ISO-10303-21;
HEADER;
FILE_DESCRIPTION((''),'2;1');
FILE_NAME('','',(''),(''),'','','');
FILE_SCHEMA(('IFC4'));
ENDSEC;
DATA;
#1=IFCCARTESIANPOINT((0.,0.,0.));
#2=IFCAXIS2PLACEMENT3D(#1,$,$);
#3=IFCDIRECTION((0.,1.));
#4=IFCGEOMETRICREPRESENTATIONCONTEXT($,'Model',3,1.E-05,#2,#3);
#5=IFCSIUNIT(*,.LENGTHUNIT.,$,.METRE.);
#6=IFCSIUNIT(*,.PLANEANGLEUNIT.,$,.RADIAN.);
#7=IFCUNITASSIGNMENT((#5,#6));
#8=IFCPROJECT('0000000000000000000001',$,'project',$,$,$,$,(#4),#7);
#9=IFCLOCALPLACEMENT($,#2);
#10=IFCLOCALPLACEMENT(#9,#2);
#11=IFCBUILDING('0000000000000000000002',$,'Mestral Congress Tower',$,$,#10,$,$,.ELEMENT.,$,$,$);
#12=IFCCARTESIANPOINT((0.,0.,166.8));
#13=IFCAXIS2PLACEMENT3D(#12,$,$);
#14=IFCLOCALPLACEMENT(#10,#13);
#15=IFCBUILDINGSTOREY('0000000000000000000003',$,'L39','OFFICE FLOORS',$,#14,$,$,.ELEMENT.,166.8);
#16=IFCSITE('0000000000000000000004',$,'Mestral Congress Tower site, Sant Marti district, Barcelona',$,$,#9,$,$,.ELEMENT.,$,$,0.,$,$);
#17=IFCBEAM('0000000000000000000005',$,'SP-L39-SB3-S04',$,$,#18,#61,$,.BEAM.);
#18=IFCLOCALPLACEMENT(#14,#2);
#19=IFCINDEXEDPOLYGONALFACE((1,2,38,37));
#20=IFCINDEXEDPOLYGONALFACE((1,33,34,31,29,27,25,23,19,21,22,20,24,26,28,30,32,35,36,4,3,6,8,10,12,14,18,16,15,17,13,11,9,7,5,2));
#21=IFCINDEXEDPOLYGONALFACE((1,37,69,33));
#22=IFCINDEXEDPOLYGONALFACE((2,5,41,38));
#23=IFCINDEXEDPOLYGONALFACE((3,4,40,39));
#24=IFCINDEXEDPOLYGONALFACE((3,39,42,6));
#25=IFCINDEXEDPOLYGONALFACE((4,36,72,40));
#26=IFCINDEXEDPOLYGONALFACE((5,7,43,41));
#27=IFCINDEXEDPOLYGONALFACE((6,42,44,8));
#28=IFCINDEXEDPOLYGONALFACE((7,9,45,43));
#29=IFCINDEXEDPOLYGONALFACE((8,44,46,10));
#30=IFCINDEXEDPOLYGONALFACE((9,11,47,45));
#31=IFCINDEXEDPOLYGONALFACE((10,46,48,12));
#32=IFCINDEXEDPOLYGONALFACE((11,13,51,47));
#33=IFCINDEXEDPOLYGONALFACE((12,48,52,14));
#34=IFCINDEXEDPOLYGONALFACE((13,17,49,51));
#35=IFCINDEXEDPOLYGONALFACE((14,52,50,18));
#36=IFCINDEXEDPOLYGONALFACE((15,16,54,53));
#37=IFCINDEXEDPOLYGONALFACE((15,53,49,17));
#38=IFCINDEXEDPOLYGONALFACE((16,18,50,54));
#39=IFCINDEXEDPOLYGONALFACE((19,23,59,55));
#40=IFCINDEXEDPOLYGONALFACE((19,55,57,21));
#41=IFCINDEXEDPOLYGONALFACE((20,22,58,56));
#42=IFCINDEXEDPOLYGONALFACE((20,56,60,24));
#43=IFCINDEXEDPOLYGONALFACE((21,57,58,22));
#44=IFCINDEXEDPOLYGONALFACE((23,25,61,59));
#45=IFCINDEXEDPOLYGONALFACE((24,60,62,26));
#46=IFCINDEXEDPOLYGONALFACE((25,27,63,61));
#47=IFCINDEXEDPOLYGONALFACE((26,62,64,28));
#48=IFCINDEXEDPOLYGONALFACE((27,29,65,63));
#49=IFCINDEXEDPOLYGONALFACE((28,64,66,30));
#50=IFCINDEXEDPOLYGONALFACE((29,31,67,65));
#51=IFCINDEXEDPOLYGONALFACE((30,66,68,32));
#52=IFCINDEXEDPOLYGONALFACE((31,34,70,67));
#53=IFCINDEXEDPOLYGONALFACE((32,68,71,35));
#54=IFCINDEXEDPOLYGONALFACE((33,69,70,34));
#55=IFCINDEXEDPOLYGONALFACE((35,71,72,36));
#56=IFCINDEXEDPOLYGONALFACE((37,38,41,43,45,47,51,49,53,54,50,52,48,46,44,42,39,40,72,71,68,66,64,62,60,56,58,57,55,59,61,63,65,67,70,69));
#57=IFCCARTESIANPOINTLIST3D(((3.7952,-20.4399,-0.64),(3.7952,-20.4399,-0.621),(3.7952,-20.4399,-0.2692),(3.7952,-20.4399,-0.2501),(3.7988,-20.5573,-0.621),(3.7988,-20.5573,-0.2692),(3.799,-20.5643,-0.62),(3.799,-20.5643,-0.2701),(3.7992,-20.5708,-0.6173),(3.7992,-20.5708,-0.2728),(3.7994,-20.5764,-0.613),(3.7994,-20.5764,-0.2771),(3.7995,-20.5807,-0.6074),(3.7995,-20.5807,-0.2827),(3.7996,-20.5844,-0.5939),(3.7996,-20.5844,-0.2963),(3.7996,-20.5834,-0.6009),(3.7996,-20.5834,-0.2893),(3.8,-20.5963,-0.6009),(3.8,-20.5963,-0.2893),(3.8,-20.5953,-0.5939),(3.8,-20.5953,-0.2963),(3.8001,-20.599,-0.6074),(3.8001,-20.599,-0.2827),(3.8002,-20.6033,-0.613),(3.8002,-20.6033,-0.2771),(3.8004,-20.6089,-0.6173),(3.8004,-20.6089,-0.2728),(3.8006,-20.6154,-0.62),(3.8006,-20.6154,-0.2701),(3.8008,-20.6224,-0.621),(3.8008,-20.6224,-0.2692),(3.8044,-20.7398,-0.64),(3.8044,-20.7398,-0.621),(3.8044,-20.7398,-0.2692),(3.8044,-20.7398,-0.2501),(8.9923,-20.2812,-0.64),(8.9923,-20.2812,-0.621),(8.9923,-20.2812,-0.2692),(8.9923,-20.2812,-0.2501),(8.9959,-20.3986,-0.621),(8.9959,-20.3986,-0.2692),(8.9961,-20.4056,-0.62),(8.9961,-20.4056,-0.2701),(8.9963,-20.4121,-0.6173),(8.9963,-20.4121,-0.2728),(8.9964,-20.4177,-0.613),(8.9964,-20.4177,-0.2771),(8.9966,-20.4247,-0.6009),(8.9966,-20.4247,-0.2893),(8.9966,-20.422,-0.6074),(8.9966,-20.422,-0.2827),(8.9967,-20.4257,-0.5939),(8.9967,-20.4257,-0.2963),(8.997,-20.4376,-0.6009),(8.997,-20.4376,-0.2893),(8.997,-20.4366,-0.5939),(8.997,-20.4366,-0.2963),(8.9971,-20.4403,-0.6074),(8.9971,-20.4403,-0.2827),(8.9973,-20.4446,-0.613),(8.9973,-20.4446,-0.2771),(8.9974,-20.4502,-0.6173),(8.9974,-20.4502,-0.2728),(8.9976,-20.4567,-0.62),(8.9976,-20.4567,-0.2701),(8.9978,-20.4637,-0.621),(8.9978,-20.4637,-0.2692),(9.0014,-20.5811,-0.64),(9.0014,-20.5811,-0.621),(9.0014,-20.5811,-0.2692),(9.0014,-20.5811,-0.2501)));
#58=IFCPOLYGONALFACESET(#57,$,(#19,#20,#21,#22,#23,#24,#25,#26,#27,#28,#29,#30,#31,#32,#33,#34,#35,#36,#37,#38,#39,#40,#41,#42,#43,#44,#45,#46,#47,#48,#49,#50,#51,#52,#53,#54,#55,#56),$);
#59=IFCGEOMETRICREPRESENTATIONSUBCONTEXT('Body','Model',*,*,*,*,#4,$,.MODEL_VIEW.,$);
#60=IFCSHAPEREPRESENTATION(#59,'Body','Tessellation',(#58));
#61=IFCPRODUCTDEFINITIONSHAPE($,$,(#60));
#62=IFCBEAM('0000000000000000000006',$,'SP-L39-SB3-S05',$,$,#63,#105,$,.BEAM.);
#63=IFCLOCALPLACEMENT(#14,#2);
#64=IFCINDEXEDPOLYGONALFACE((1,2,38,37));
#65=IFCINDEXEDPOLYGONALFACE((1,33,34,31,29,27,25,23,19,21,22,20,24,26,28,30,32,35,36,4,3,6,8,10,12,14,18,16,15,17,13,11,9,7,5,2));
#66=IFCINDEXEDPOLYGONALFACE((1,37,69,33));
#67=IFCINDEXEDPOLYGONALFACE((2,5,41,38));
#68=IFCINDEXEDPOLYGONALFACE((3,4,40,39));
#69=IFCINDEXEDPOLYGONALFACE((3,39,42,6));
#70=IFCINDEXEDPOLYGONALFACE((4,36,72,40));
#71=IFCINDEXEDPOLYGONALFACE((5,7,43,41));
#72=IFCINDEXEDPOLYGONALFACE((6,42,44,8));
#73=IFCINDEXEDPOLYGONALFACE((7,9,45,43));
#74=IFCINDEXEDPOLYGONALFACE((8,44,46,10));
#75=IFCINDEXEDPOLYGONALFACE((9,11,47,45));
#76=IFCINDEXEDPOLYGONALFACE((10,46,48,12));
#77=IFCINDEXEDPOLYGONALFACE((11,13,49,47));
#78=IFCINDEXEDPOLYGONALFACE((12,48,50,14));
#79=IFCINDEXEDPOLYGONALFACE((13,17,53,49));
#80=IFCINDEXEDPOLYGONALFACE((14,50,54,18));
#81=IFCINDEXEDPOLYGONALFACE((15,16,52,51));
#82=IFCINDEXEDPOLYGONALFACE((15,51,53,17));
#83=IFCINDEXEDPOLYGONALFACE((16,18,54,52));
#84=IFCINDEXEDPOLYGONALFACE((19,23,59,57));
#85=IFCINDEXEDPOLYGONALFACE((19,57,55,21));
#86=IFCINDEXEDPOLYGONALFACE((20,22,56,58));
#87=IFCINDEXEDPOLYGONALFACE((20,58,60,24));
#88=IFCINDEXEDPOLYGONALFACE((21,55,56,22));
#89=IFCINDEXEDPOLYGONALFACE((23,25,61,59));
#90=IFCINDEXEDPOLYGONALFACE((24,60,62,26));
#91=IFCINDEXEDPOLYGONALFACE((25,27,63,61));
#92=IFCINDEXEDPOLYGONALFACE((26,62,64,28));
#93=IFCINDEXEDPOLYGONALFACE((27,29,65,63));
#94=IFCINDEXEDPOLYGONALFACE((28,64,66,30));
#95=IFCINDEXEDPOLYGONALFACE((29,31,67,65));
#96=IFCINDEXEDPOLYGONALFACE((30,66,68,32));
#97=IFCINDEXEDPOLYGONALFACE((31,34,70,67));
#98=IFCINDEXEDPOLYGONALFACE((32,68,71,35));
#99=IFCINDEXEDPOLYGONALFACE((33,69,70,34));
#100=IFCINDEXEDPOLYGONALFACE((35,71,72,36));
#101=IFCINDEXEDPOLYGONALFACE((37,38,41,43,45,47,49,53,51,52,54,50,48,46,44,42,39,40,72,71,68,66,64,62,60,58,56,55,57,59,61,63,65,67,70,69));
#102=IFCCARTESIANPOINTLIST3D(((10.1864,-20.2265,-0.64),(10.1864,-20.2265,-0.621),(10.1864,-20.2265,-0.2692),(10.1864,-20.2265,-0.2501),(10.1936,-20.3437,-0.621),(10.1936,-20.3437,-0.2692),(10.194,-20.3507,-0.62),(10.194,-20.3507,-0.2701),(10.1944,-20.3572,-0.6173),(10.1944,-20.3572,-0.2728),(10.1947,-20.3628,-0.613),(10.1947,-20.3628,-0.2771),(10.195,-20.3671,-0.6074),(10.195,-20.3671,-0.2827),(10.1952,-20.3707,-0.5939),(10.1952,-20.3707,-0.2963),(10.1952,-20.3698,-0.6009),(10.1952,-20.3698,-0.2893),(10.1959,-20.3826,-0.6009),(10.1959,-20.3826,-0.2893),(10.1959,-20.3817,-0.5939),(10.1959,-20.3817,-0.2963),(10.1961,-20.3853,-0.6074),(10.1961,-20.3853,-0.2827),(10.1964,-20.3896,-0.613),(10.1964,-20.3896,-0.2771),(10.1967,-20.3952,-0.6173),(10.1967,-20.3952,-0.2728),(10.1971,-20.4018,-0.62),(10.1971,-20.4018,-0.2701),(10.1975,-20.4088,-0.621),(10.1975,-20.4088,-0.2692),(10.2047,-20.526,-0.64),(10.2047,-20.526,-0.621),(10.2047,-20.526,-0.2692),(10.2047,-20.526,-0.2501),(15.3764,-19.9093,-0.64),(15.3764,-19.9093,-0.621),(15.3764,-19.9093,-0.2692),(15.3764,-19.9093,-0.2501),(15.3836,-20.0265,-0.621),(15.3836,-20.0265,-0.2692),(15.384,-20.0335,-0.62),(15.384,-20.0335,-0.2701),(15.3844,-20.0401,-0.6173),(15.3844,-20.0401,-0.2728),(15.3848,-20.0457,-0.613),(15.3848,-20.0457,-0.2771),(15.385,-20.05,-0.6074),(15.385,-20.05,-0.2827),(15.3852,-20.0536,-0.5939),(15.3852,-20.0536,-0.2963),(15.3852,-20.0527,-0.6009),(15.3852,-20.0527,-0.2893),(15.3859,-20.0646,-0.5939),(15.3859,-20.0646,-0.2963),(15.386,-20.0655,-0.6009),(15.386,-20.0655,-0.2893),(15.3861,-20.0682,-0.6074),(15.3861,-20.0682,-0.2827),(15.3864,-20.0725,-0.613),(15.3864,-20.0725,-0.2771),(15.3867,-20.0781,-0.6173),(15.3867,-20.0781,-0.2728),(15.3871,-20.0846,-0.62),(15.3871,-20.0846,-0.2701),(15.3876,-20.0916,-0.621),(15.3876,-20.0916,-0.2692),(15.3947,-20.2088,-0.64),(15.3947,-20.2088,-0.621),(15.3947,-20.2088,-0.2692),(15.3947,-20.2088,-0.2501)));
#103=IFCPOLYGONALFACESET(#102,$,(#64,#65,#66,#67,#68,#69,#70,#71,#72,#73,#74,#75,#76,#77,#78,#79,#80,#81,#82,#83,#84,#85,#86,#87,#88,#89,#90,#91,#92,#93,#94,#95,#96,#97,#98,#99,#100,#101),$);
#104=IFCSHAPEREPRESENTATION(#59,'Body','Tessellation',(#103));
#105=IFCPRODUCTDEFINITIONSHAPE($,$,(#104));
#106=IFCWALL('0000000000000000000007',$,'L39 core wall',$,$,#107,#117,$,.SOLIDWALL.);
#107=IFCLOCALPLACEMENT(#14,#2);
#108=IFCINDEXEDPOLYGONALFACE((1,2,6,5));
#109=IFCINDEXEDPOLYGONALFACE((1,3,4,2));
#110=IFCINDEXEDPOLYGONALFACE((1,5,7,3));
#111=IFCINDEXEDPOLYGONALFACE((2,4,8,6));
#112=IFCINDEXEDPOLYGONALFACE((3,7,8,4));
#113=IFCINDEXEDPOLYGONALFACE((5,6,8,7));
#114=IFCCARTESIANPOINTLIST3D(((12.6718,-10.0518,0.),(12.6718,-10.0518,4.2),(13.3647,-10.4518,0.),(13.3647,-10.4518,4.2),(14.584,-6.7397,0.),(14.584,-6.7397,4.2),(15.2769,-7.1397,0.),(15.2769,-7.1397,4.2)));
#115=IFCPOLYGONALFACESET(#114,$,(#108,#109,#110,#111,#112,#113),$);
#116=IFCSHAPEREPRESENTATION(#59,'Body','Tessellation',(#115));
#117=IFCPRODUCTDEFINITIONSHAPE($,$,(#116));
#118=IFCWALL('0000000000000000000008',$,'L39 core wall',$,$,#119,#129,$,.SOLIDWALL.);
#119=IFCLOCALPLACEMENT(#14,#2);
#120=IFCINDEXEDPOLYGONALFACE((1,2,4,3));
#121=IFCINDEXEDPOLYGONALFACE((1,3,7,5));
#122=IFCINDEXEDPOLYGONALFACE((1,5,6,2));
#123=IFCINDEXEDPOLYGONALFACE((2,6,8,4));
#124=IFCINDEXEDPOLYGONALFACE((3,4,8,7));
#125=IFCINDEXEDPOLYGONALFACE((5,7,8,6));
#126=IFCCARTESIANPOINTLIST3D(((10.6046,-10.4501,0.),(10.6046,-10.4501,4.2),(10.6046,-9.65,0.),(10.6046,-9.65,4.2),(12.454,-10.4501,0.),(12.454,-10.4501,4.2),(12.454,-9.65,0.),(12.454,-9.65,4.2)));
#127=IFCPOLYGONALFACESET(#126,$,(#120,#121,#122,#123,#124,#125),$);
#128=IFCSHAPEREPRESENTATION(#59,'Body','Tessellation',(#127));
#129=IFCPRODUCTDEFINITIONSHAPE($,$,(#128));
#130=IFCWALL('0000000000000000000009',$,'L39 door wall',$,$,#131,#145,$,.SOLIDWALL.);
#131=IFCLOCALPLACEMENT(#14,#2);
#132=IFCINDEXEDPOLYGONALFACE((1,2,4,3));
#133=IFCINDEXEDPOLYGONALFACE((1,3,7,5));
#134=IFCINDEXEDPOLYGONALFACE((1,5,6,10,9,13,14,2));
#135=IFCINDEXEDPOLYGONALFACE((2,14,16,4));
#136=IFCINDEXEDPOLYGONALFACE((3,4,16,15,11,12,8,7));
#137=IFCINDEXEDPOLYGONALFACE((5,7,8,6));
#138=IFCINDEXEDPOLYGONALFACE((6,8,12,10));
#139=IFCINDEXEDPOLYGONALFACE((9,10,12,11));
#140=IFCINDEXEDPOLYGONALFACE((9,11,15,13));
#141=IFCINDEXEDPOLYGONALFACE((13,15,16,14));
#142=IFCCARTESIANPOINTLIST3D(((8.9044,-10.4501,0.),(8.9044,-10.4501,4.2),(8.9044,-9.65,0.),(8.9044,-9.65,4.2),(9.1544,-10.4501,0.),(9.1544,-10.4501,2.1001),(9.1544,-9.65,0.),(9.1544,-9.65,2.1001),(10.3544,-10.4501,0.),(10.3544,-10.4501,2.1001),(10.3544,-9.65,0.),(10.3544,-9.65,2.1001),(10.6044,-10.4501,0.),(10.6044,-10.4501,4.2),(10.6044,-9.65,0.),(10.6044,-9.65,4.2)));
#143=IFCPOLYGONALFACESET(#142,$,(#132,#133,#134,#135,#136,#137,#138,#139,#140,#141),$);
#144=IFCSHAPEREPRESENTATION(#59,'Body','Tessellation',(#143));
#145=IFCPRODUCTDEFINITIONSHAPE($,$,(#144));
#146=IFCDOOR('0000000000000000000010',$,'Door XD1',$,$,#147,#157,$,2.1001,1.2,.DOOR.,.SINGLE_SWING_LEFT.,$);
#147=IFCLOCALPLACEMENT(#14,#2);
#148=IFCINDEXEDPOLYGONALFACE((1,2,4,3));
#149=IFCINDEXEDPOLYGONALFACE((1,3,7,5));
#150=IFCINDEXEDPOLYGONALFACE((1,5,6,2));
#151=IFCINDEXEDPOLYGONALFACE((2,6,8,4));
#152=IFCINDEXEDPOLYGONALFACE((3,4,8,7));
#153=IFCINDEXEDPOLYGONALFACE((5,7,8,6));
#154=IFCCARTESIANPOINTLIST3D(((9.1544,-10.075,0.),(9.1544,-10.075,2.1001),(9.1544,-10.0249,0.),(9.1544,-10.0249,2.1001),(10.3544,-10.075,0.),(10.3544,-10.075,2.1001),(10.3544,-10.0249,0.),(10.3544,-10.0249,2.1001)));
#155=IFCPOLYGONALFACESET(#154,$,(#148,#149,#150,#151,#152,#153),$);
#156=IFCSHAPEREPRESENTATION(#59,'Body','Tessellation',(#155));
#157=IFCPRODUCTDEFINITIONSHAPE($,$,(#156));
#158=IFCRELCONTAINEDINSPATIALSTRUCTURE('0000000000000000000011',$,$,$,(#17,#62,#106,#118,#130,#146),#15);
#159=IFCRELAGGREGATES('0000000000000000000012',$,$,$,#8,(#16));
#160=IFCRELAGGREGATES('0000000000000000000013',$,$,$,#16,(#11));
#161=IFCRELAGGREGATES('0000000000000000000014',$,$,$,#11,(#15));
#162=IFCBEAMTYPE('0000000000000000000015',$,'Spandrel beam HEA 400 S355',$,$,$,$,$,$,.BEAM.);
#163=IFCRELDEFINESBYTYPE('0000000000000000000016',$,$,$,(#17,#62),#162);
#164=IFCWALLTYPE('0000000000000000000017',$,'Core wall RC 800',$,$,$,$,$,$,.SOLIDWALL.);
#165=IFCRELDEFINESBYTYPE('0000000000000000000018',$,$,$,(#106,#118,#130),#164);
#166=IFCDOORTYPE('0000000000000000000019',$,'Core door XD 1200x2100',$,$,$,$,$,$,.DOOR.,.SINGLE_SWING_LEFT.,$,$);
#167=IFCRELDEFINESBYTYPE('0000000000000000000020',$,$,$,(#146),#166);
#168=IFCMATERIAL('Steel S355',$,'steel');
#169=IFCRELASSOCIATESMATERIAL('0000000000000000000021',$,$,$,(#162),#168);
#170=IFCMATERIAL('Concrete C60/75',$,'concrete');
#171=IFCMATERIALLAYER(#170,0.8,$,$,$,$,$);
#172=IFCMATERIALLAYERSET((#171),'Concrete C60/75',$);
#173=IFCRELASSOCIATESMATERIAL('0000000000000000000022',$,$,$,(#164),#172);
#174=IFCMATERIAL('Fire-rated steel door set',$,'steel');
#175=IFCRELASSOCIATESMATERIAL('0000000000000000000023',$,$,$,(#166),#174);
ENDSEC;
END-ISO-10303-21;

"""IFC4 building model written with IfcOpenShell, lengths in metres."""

from ifc_helpers import new_model, si_unit, direction, frame, frame_2d, origin, origin_2d, place, context, subcontext, project, spatial, rectangle, i_section, extrude, material, layer, layer_set, material_profile, profile_set, type_object, element, fill, save


model = new_model("IFC4")

# Units and contexts
model_context = context("Model", 3, precision=1e-05, world=origin(), true_north=direction((0.0, 1.0)))
body_context = subcontext(model_context, "Body", "Model", "MODEL_VIEW")
ifc_project = project(units=[si_unit("LENGTHUNIT", "METRE"), si_unit("PLANEANGLEUNIT", "RADIAN")], contexts=[model_context])

# Site, building, storey
site_placement = place(None, origin())
site = spatial("IfcSite", under=ifc_project, at=site_placement, Name="Mestral Congress Tower site, Sant Marti district, Barcelona", CompositionType="ELEMENT", RefElevation=0.0)
building_placement = place(site_placement, origin())
building = spatial("IfcBuilding", under=site, at=building_placement, Name="Mestral Congress Tower", CompositionType="ELEMENT")
storey_placement = place(building_placement, frame((0.0, 0.0, 166.8)))
storey = spatial("IfcBuildingStorey", under=building, at=storey_placement, Name="L39", Description="OFFICE FLOORS", CompositionType="ELEMENT", Elevation=166.8)

# Shared definitions
ifc_material_1 = material(Name="Concrete C60/75", Category="concrete")

# Beams
ifc_material_2 = material(Name="Steel S355", Category="steel")
ifc_material_profile_1 = material_profile(ifc_material_2, i_section(OverallWidth=0.3, OverallDepth=0.3899, WebThickness=0.011, FlangeThickness=0.019, FilletRadius=0.0271, at=origin_2d()), Name="HEA 400")
ifc_profile_set_1 = profile_set([ifc_material_profile_1], Name="Steel S355")
beam_type_1 = type_object("IfcBeamType", Name="Spandrel beam HEA 400 S355", PredefinedType="BEAM", material=ifc_profile_set_1)
beam_1_placement = place(storey_placement, frame((3.7998, -20.5898, -0.4451), z_axis=(0.999534, 0.030521, 0.0), x_axis=(-0.030521, 0.999534, 0.0)))
element("IfcBeam", 1, at=beam_1_placement, inside=storey, type_object=beam_type_1, Name="SP-L39-SB3-S04", PredefinedType="BEAM", context=body_context, shape_type="SweptSolid", body=[
    extrude(i_section(OverallWidth=0.3, OverallDepth=0.3899, WebThickness=0.011, FlangeThickness=0.019, FilletRadius=0.0271, at=origin_2d()), origin(), (0.0, 0.0, 1.0), 5.1995),
])
beam_2_placement = place(storey_placement, frame((10.1956, -20.3762, -0.4451), z_axis=(0.998138, 0.060993, 0.0), x_axis=(-0.060993, 0.998138, 0.0)))
element("IfcBeam", 2, at=beam_2_placement, inside=storey, type_object=beam_type_1, Name="SP-L39-SB3-S05", PredefinedType="BEAM", context=body_context, shape_type="SweptSolid", body=[
    extrude(i_section(OverallWidth=0.3, OverallDepth=0.3899, WebThickness=0.011, FlangeThickness=0.019, FilletRadius=0.0271, at=origin_2d()), origin(), (0.0, 0.0, 1.0), 5.1997),
])

# Walls
ifc_layer_1 = layer(ifc_material_1, 0.8)
ifc_layer_set_1 = layer_set([ifc_layer_1], Name="Concrete C60/75")
wall_type_1 = type_object("IfcWallType", Name="Core wall RC 800", PredefinedType="SOLIDWALL", material=ifc_layer_set_1)
wall_1_placement = place(storey_placement, frame((13.0183, -10.2517, 0.0), z_axis=(0.0, 0.0, 1.0), x_axis=(0.499984, 0.866035, 0.0)))
element("IfcWall", 3, at=wall_1_placement, inside=storey, type_object=wall_type_1, Name="L39 core wall", PredefinedType="SOLIDWALL", context=body_context, shape_type="SweptSolid", body=[
    extrude(rectangle(XDim=3.8245, YDim=0.8, at=frame_2d((1.9121, 0.0))), origin(), (0.0, 0.0, 1.0), 4.2),
])
wall_2_placement = place(storey_placement, frame((10.6045, -10.05, 0.0), z_axis=(0.0, 0.0, 1.0), x_axis=(1.0, 0.0, 0.0)))
element("IfcWall", 4, at=wall_2_placement, inside=storey, type_object=wall_type_1, Name="L39 core wall", PredefinedType="SOLIDWALL", context=body_context, shape_type="SweptSolid", body=[
    extrude(rectangle(XDim=1.8494, YDim=0.8, at=frame_2d((0.9248, 0.0))), origin(), (0.0, 0.0, 1.0), 4.2),
])

# Wall, opening, door
wall_3_placement = place(storey_placement, frame((10.6045, -10.05, 0.0), z_axis=(0.0, 0.0, 1.0), x_axis=(-1.0, 0.0, 0.0)))
wall_3 = element("IfcWall", 5, at=wall_3_placement, inside=storey, type_object=wall_type_1, Name="L39 door wall", PredefinedType="SOLIDWALL", context=body_context, shape_type="SweptSolid", body=[
    extrude(rectangle(XDim=1.7, YDim=0.8, at=frame_2d((0.8501, 0.0))), origin(), (0.0, 0.0, 1.0), 4.2),
])
opening_1_placement = place(wall_3_placement, frame((0.25, 0.0, 0.0)))
opening_1 = element("IfcOpeningElement", 6, at=opening_1_placement, cuts=wall_3, PredefinedType="OPENING", context=body_context, shape_type="SweptSolid", body=[
    extrude(rectangle(XDim=1.2, YDim=2.1001, at=frame_2d((0.6001, 1.05))), frame((0.0, 0.4099, 0.0), z_axis=(0.0, -1.0, 0.0), x_axis=(1.0, 0.0, 0.0)), (0.0, 0.0, 1.0), 0.8201),
])
ifc_material_3 = material(Name="Fire-rated steel door set", Category="steel")
door_type_1 = type_object("IfcDoorType", Name="Core door XD 1200x2100", OperationType="SINGLE_SWING_LEFT", PredefinedType="DOOR", material=ifc_material_3)
door_1_placement = place(opening_1_placement, origin())
door_1 = element("IfcDoor", 7, at=door_1_placement, inside=storey, type_object=door_type_1, Name="Door XD1", OperationType="SINGLE_SWING_LEFT", OverallHeight=2.1001, OverallWidth=1.2, PredefinedType="DOOR", context=body_context, shape_type="SweptSolid", body=[
    extrude(rectangle(XDim=1.2, YDim=2.1001, at=frame_2d((0.6001, 1.05))), frame((0.0, 0.0249, 0.0), z_axis=(0.0, -1.0, 0.0), x_axis=(1.0, 0.0, 0.0)), (0.0, 0.0, 1.0), 0.05),
])
fill(opening_1, door_1)

save(model, "model.ifc")
